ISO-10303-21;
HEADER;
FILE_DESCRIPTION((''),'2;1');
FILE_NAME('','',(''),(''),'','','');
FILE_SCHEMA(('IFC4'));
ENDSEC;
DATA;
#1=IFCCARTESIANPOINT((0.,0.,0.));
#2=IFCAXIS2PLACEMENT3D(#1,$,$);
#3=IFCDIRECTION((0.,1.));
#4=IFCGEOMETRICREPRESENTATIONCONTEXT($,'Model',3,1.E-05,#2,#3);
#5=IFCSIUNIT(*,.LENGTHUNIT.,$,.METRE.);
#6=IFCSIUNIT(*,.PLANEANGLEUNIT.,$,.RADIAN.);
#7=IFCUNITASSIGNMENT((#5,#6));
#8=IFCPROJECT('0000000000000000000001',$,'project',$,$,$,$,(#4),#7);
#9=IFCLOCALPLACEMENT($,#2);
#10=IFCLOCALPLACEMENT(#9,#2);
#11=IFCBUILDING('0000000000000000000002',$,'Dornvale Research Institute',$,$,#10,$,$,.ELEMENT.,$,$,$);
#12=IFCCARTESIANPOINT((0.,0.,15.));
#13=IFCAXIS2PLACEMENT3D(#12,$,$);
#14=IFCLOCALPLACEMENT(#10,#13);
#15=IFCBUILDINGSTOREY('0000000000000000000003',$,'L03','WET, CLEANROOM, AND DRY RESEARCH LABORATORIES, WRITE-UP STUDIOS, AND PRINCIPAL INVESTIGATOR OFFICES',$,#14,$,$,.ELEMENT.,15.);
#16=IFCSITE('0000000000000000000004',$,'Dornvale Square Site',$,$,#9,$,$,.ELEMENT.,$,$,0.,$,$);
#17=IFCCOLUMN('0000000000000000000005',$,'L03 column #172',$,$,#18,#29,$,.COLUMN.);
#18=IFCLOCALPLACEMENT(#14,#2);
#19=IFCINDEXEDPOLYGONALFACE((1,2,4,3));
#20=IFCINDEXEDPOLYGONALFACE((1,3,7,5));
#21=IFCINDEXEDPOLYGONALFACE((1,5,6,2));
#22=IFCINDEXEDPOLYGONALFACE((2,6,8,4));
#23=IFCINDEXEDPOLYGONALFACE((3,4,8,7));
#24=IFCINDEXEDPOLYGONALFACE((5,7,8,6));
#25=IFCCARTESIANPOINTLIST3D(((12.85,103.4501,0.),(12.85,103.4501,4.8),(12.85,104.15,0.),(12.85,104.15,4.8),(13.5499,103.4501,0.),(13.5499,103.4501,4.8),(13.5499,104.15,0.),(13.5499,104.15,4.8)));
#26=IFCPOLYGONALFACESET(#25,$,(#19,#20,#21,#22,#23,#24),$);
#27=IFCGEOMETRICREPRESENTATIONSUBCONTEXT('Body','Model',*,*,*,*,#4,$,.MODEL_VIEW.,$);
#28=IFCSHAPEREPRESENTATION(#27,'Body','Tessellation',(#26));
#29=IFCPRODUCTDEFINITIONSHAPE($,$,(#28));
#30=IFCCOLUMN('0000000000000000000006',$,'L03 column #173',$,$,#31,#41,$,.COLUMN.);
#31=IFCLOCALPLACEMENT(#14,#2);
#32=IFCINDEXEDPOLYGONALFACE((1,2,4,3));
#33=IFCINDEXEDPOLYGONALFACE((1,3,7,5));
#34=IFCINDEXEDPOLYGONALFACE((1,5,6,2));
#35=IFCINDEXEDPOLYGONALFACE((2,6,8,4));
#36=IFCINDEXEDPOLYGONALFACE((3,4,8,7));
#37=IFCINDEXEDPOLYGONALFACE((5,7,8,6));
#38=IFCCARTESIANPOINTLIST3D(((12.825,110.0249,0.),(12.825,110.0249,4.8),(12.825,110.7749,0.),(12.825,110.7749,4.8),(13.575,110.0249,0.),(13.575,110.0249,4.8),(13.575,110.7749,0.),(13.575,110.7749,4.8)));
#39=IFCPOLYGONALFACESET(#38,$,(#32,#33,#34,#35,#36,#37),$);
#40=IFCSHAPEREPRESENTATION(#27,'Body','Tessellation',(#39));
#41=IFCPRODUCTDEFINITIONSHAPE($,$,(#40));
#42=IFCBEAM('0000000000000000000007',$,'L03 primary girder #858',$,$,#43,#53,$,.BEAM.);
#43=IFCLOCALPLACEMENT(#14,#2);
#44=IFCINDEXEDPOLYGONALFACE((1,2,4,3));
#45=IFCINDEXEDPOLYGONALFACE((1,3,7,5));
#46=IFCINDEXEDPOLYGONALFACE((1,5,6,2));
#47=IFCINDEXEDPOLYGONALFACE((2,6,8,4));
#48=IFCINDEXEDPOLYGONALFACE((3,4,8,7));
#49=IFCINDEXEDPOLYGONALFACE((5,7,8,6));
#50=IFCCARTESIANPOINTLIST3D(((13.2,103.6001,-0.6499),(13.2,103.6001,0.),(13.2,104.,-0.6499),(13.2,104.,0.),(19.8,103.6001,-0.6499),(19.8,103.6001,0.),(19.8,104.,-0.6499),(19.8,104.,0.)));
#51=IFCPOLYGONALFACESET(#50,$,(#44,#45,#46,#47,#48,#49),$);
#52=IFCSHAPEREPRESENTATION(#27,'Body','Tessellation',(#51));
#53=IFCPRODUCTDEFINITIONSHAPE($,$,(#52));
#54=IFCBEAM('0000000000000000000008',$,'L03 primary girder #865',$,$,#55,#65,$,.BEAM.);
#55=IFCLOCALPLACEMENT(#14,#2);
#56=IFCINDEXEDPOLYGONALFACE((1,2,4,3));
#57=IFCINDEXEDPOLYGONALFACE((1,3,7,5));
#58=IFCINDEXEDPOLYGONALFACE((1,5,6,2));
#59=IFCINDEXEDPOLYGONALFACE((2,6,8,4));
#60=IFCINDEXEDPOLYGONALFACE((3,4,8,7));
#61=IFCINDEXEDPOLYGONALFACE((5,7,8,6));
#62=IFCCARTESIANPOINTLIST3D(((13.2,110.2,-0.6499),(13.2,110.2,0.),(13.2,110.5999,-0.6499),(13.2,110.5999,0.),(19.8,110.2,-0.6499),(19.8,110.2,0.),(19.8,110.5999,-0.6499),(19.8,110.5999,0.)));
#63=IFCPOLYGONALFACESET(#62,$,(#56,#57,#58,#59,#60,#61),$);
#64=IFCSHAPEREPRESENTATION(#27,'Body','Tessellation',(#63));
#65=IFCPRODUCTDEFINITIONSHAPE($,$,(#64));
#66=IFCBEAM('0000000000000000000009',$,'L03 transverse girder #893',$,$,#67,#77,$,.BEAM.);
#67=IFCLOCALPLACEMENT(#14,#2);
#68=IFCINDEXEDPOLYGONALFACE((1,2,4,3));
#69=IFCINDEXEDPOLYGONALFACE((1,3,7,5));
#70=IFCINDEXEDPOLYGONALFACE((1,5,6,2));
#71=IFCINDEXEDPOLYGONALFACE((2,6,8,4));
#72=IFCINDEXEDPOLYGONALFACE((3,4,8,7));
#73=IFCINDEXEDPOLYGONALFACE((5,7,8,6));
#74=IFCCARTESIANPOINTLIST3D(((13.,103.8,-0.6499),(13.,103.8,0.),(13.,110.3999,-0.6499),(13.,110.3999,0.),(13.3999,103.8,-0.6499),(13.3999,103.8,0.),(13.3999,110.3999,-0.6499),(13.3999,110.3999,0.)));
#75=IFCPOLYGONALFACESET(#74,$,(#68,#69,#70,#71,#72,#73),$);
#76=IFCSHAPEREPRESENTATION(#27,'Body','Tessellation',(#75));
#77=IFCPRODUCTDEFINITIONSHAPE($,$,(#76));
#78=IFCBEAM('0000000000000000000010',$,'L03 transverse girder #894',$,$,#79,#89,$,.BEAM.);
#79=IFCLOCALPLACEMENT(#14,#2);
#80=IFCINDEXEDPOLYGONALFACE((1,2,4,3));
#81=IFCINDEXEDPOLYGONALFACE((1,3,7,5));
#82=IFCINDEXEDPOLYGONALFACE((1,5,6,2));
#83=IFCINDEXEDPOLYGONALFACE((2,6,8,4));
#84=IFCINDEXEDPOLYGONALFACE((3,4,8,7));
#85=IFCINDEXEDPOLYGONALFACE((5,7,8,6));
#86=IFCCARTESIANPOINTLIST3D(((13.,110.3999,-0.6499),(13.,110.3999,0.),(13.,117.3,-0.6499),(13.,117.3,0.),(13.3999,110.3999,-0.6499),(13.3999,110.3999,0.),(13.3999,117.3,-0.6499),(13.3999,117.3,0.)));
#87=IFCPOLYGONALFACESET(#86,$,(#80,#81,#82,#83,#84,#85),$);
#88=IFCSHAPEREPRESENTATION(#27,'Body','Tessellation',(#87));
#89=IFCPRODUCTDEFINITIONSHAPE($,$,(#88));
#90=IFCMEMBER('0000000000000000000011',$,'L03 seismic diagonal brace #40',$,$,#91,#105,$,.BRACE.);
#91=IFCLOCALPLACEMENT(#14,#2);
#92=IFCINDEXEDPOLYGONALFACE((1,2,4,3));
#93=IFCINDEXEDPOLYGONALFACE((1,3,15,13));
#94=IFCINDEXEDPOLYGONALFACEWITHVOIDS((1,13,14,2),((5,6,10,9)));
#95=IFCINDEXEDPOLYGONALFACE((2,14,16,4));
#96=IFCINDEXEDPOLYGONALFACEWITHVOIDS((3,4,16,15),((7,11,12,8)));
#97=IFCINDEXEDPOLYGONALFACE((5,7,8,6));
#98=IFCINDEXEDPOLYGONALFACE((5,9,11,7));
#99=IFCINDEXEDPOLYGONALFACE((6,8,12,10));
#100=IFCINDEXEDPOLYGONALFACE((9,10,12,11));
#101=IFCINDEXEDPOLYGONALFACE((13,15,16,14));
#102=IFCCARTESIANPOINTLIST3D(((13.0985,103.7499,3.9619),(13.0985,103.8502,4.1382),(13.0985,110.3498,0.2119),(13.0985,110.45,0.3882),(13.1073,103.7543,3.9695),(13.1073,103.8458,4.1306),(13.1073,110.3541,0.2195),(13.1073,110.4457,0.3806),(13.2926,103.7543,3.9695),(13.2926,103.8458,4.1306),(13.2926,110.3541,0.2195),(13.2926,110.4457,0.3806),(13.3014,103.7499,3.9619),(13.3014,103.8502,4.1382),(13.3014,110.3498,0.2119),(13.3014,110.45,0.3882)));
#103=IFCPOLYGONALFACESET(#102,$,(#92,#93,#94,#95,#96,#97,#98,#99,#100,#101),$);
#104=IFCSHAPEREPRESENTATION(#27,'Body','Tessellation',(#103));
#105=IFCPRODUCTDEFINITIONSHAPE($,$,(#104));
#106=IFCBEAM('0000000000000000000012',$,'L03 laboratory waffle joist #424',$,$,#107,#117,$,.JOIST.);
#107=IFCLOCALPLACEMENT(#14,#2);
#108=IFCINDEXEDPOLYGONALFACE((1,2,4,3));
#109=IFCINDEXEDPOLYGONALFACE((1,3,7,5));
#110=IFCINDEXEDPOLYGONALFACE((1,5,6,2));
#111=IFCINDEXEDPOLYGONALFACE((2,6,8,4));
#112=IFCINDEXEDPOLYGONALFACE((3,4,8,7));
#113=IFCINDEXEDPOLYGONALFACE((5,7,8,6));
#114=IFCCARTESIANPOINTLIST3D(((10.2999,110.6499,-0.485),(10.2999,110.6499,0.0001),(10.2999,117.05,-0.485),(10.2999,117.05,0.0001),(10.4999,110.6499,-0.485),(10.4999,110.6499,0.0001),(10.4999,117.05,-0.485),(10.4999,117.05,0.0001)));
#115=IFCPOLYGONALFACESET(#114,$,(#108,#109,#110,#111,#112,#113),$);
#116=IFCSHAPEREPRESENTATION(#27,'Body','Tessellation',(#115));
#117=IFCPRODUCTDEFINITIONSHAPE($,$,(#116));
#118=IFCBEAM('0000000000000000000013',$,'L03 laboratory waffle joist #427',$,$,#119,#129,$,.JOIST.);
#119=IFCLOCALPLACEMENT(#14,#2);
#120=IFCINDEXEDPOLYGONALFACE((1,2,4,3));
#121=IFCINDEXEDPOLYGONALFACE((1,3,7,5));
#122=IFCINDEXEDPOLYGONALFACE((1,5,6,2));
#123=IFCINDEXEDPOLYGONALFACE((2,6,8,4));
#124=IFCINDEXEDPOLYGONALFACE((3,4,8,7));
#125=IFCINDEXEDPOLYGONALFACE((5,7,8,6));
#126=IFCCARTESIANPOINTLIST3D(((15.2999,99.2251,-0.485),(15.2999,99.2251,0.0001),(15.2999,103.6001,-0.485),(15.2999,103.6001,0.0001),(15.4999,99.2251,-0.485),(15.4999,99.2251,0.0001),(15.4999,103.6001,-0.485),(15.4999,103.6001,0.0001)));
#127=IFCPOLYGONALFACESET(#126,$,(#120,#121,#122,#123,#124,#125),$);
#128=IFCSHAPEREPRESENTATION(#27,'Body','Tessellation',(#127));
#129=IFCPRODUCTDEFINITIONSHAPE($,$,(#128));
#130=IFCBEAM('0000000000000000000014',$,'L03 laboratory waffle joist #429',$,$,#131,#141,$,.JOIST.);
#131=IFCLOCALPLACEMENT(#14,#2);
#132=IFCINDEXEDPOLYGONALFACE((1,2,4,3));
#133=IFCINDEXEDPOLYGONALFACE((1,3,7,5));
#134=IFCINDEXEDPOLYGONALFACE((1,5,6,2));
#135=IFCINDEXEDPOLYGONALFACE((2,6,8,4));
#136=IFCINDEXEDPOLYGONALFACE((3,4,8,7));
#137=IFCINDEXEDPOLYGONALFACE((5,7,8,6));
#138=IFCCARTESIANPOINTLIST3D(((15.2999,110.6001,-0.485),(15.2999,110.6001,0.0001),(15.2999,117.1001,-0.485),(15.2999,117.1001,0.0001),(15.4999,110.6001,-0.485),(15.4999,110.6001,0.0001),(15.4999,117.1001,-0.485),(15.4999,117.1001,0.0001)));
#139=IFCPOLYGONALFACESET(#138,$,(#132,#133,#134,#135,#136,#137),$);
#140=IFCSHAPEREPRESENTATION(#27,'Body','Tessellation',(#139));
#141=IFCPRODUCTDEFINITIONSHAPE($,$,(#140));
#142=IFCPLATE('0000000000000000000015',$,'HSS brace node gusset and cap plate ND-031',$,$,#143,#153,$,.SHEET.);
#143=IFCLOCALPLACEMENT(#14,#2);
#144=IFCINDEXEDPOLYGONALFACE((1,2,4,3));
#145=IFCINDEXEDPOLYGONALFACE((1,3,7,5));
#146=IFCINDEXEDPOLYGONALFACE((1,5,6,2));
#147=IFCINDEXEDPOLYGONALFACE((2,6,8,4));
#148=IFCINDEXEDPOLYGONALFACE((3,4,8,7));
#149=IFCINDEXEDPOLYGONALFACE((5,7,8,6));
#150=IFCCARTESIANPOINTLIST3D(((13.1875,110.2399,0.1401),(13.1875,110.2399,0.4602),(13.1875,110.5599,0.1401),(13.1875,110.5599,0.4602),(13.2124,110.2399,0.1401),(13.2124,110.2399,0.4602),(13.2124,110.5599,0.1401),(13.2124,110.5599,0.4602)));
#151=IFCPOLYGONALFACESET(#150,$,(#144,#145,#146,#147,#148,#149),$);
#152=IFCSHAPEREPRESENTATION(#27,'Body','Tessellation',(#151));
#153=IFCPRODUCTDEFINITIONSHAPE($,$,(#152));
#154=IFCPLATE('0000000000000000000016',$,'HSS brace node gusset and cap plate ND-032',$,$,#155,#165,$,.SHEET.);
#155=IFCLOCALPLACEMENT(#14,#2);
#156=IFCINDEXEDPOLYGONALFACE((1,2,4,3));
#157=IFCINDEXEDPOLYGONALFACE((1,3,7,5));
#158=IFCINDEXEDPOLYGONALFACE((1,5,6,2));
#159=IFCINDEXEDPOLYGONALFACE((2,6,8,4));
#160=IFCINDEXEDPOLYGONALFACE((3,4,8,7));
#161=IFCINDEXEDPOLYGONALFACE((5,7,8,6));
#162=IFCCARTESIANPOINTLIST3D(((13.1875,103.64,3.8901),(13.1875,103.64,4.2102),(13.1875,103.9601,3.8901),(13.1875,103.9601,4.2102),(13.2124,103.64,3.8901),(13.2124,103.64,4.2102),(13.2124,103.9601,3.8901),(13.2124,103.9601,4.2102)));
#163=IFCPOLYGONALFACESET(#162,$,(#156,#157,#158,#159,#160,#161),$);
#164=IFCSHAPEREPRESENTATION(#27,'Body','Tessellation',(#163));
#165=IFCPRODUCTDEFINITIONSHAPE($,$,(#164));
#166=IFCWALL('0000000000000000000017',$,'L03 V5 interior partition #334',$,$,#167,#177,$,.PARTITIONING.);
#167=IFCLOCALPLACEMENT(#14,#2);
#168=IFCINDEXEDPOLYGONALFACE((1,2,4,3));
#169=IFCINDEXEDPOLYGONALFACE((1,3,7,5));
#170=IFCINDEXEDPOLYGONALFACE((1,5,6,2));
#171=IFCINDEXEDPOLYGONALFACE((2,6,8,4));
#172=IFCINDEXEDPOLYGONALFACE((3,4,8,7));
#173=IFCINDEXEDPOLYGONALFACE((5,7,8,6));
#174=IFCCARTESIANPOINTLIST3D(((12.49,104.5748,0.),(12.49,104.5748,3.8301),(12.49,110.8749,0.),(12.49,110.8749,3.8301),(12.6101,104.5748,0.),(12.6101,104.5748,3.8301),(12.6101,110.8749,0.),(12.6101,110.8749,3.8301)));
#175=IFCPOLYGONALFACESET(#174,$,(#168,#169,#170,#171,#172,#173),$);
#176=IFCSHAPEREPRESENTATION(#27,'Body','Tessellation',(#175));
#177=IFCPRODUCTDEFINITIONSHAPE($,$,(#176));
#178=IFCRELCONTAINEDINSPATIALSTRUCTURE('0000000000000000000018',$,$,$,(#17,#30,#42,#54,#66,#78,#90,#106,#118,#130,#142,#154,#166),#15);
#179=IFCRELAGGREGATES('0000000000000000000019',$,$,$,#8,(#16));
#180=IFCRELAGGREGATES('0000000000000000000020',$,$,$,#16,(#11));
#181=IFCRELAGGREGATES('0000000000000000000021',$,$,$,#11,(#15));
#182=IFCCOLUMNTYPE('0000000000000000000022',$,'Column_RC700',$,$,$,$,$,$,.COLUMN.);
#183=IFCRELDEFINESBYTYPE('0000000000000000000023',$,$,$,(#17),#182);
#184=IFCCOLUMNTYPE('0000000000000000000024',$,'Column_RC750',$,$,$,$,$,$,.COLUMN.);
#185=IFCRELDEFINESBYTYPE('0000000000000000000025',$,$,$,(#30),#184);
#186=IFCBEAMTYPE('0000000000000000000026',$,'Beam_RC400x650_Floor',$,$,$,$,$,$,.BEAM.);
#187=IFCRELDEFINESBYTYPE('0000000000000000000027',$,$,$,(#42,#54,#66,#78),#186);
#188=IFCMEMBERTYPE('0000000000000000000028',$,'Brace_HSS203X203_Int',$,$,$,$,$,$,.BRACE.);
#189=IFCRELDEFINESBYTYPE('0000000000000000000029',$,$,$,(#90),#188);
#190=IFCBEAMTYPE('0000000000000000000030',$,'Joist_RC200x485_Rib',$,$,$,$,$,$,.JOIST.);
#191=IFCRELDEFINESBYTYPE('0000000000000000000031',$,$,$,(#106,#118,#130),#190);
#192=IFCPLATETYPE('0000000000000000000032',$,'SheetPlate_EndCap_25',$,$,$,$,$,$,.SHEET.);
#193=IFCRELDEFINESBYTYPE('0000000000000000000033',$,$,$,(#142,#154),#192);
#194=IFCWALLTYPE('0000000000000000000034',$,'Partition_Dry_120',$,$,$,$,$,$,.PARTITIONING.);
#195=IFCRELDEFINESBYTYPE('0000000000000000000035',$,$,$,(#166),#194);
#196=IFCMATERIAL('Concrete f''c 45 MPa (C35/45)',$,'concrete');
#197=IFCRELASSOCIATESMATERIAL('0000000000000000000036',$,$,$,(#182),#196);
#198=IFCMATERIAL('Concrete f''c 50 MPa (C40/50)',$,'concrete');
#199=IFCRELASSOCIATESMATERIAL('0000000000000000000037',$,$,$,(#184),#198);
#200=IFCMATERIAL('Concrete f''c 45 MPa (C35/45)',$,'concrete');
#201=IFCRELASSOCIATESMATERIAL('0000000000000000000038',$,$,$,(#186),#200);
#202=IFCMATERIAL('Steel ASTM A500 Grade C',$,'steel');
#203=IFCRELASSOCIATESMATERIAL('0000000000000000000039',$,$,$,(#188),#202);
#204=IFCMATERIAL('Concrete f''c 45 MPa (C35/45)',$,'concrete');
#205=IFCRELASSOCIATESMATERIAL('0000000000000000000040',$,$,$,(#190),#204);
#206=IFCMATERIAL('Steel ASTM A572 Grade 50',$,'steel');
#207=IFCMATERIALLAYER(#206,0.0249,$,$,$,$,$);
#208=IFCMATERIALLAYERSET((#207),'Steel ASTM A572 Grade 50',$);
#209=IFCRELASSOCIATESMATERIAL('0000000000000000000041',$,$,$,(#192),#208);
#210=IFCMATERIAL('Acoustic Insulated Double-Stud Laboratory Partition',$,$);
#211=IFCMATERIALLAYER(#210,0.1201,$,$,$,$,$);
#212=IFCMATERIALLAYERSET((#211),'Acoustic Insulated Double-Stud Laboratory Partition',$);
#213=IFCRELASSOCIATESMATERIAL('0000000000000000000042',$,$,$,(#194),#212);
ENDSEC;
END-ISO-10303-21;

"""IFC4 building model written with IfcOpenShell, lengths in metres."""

from ifc_helpers import new_model, si_unit, direction, frame, frame_2d, origin, origin_2d, place, context, subcontext, project, spatial, rectangle, hollow_rectangle, extrude, material, layer, layer_set, material_profile, profile_set, type_object, element, save


model = new_model("IFC4")

# Units and contexts
model_context = context("Model", 3, precision=1e-05, world=origin(), true_north=direction((0.0, 1.0)))
body_context = subcontext(model_context, "Body", "Model", "MODEL_VIEW")
ifc_project = project(units=[si_unit("LENGTHUNIT", "METRE"), si_unit("PLANEANGLEUNIT", "RADIAN")], contexts=[model_context])

# Site, building, storey
site_placement = place(None, origin())
site = spatial("IfcSite", under=ifc_project, at=site_placement, Name="Dornvale Square Site", CompositionType="ELEMENT", RefElevation=0.0)
building_placement = place(site_placement, origin())
building = spatial("IfcBuilding", under=site, at=building_placement, Name="Dornvale Research Institute", CompositionType="ELEMENT")
storey_placement = place(building_placement, frame((0.0, 0.0, 15.0)))
storey = spatial("IfcBuildingStorey", under=building, at=storey_placement, Name="L03", Description="WET, CLEANROOM, AND DRY RESEARCH LABORATORIES, WRITE-UP STUDIOS, AND PRINCIPAL INVESTIGATOR OFFICES", CompositionType="ELEMENT", Elevation=15.0)

# Columns
ifc_material_1 = material(Name="Concrete f'c 45 MPa (C35/45)", Category="concrete")
ifc_material_profile_1 = material_profile(ifc_material_1, rectangle(XDim=0.7, YDim=0.7, at=origin_2d()), Name="RC 700x700")
ifc_profile_set_1 = profile_set([ifc_material_profile_1], Name="Concrete f'c 45 MPa (C35/45)")
column_type_1 = type_object("IfcColumnType", Name="Column_RC700", PredefinedType="COLUMN", material=ifc_profile_set_1)
column_1_placement = place(storey_placement, frame((13.2, 103.8, 0.0), z_axis=(0.0, 0.0, 1.0), x_axis=(1.0, 0.0, 0.0)))
element("IfcColumn", 1, at=column_1_placement, inside=storey, type_object=column_type_1, Name="L03 column #172", PredefinedType="COLUMN", context=body_context, shape_type="SweptSolid", body=[
    extrude(rectangle(XDim=0.7, YDim=0.7, at=origin_2d()), origin(), (0.0, 0.0, 1.0), 4.8),
])
ifc_material_2 = material(Name="Concrete f'c 50 MPa (C40/50)", Category="concrete")
ifc_material_profile_2 = material_profile(ifc_material_2, rectangle(XDim=0.75, YDim=0.75, at=origin_2d()), Name="RC 750x750")
ifc_profile_set_2 = profile_set([ifc_material_profile_2], Name="Concrete f'c 50 MPa (C40/50)")
column_type_2 = type_object("IfcColumnType", Name="Column_RC750", PredefinedType="COLUMN", material=ifc_profile_set_2)
column_2_placement = place(storey_placement, frame((13.2, 110.3999, 0.0), z_axis=(0.0, 0.0, 1.0), x_axis=(1.0, 0.0, 0.0)))
element("IfcColumn", 2, at=column_2_placement, inside=storey, type_object=column_type_2, Name="L03 column #173", PredefinedType="COLUMN", context=body_context, shape_type="SweptSolid", body=[
    extrude(rectangle(XDim=0.75, YDim=0.75, at=origin_2d()), origin(), (0.0, 0.0, 1.0), 4.8),
])

# Beams
ifc_material_3 = material(Name="Concrete f'c 45 MPa (C35/45)", Category="concrete")
ifc_material_profile_3 = material_profile(ifc_material_3, rectangle(XDim=0.3999, YDim=0.6499, at=origin_2d()), Name="RC 400x650")
ifc_profile_set_3 = profile_set([ifc_material_profile_3], Name="Concrete f'c 45 MPa (C35/45)")
beam_type_1 = type_object("IfcBeamType", Name="Beam_RC400x650_Floor", PredefinedType="BEAM", material=ifc_profile_set_3)
for number, where, z_axis, x_axis, name in (
    (3, (13.2, 103.8, -0.325), (1.0, 0.0, 0.0), (0.0, 1.0, 0.0), "L03 primary girder #858"),
    (4, (13.2, 110.3999, -0.325), (1.0, 0.0, 0.0), (0.0, 1.0, 0.0), "L03 primary girder #865"),
):
    element("IfcBeam", number, at=place(storey_placement, frame(where, z_axis=z_axis, x_axis=x_axis)), inside=storey, type_object=beam_type_1, Name=name, PredefinedType="BEAM", context=body_context, shape_type="SweptSolid", body=[
        extrude(rectangle(XDim=0.3999, YDim=0.6499, at=origin_2d()), origin(), (0.0, 0.0, 1.0), 6.6001),
    ])
beam_1_placement = place(storey_placement, frame((13.2, 103.8, -0.325), z_axis=(0.0, 1.0, 0.0), x_axis=(-1.0, 0.0, 0.0)))
element("IfcBeam", 5, at=beam_1_placement, inside=storey, type_object=beam_type_1, Name="L03 transverse girder #893", PredefinedType="BEAM", context=body_context, shape_type="SweptSolid", body=[
    extrude(rectangle(XDim=0.3999, YDim=0.6499, at=origin_2d()), origin(), (0.0, 0.0, 1.0), 6.5999),
])
beam_2_placement = place(storey_placement, frame((13.2, 110.3999, -0.325), z_axis=(0.0, 1.0, 0.0), x_axis=(-1.0, 0.0, 0.0)))
element("IfcBeam", 6, at=beam_2_placement, inside=storey, type_object=beam_type_1, Name="L03 transverse girder #894", PredefinedType="BEAM", context=body_context, shape_type="SweptSolid", body=[
    extrude(rectangle(XDim=0.3999, YDim=0.6499, at=origin_2d()), origin(), (0.0, 0.0, 1.0), 6.9001),
])

# Member
ifc_material_4 = material(Name="Steel ASTM A500 Grade C", Category="steel")
ifc_material_profile_4 = material_profile(ifc_material_4, hollow_rectangle(XDim=0.2029, YDim=0.2029, WallThickness=0.0088, at=origin_2d()), Name="HSS203X203X9.5")
ifc_profile_set_4 = profile_set([ifc_material_profile_4], Name="Steel ASTM A500 Grade C")
member_type = type_object("IfcMemberType", Name="Brace_HSS203X203_Int", PredefinedType="BRACE", material=ifc_profile_set_4)
member_placement = place(storey_placement, frame((13.2, 110.3999, 0.3), z_axis=(0.0, -0.869452, 0.494018), x_axis=(1.0, 0.0, 0.0)))
element("IfcMember", 7, at=member_placement, inside=storey, type_object=member_type, Name="L03 seismic diagonal brace #40", PredefinedType="BRACE", context=body_context, shape_type="SweptSolid", body=[
    extrude(hollow_rectangle(XDim=0.2029, YDim=0.2029, WallThickness=0.0088, at=origin_2d()), origin(), (0.0, 0.0, 1.0), 7.5908),
])

# Beams
ifc_material_5 = material(Name="Concrete f'c 45 MPa (C35/45)", Category="concrete")
ifc_material_profile_5 = material_profile(ifc_material_5, rectangle(XDim=0.2, YDim=0.4851, at=origin_2d()), Name="RC 200x485")
ifc_profile_set_5 = profile_set([ifc_material_profile_5], Name="Concrete f'c 45 MPa (C35/45)")
beam_type_2 = type_object("IfcBeamType", Name="Joist_RC200x485_Rib", PredefinedType="JOIST", material=ifc_profile_set_5)
beam_3_placement = place(storey_placement, frame((10.3999, 110.6499, -0.2424), z_axis=(0.0, 1.0, 0.0), x_axis=(-1.0, 0.0, 0.0)))
element("IfcBeam", 8, at=beam_3_placement, inside=storey, type_object=beam_type_2, Name="L03 laboratory waffle joist #424", PredefinedType="JOIST", context=body_context, shape_type="SweptSolid", body=[
    extrude(rectangle(XDim=0.2, YDim=0.4851, at=origin_2d()), origin(), (0.0, 0.0, 1.0), 6.4001),
])
beam_4_placement = place(storey_placement, frame((15.3999, 99.2251, -0.2424), z_axis=(0.0, 1.0, 0.0), x_axis=(-1.0, 0.0, 0.0)))
element("IfcBeam", 9, at=beam_4_placement, inside=storey, type_object=beam_type_2, Name="L03 laboratory waffle joist #427", PredefinedType="JOIST", context=body_context, shape_type="SweptSolid", body=[
    extrude(rectangle(XDim=0.2, YDim=0.4851, at=origin_2d()), origin(), (0.0, 0.0, 1.0), 4.375),
])
beam_5_placement = place(storey_placement, frame((15.3999, 110.6001, -0.2424), z_axis=(0.0, 1.0, 0.0), x_axis=(-1.0, 0.0, 0.0)))
element("IfcBeam", 10, at=beam_5_placement, inside=storey, type_object=beam_type_2, Name="L03 laboratory waffle joist #429", PredefinedType="JOIST", context=body_context, shape_type="SweptSolid", body=[
    extrude(rectangle(XDim=0.2, YDim=0.4851, at=origin_2d()), origin(), (0.0, 0.0, 1.0), 6.5),
])

# Plates
ifc_material_6 = material(Name="Steel ASTM A572 Grade 50", Category="steel")
ifc_layer_1 = layer(ifc_material_6, 0.0249)
ifc_layer_set_1 = layer_set([ifc_layer_1], Name="Steel ASTM A572 Grade 50")
plate_type = type_object("IfcPlateType", Name="SheetPlate_EndCap_25", PredefinedType="SHEET", material=ifc_layer_set_1)
for number, where, z_axis, x_axis, name in (
    (11, (13.2, 110.3999, 0.1401), (0.0, 0.0, 1.0), (0.0, 1.0, 0.0), "HSS brace node gusset and cap plate ND-031"),
    (12, (13.2, 103.8, 3.8901), (0.0, 0.0, 1.0), (0.0, 1.0, 0.0), "HSS brace node gusset and cap plate ND-032"),
):
    element("IfcPlate", number, at=place(storey_placement, frame(where, z_axis=z_axis, x_axis=x_axis)), inside=storey, type_object=plate_type, Name=name, PredefinedType="SHEET", context=body_context, shape_type="SweptSolid", body=[
        extrude(rectangle(XDim=0.3201, YDim=0.0249, at=origin_2d()), origin(), (0.0, 0.0, 1.0), 0.3201),
    ])

# Wall
ifc_material_7 = material(Name="Acoustic Insulated Double-Stud Laboratory Partition")
ifc_layer_2 = layer(ifc_material_7, 0.1201)
ifc_layer_set_2 = layer_set([ifc_layer_2], Name="Acoustic Insulated Double-Stud Laboratory Partition")
wall_type_1 = type_object("IfcWallType", Name="Partition_Dry_120", PredefinedType="PARTITIONING", material=ifc_layer_set_2)
wall_1_placement = place(storey_placement, frame((12.55, 104.575, 0.0), z_axis=(0.0, 0.0, 1.0), x_axis=(0.0, 1.0, 0.0)))
element("IfcWall", 13, at=wall_1_placement, inside=storey, type_object=wall_type_1, Name="L03 V5 interior partition #334", PredefinedType="PARTITIONING", context=body_context, shape_type="SweptSolid", body=[
    extrude(rectangle(XDim=6.3, YDim=0.1201, at=frame_2d((3.1499, 0.0))), origin(), (0.0, 0.0, 1.0), 3.8301),
])

save(model, "model.ifc")
